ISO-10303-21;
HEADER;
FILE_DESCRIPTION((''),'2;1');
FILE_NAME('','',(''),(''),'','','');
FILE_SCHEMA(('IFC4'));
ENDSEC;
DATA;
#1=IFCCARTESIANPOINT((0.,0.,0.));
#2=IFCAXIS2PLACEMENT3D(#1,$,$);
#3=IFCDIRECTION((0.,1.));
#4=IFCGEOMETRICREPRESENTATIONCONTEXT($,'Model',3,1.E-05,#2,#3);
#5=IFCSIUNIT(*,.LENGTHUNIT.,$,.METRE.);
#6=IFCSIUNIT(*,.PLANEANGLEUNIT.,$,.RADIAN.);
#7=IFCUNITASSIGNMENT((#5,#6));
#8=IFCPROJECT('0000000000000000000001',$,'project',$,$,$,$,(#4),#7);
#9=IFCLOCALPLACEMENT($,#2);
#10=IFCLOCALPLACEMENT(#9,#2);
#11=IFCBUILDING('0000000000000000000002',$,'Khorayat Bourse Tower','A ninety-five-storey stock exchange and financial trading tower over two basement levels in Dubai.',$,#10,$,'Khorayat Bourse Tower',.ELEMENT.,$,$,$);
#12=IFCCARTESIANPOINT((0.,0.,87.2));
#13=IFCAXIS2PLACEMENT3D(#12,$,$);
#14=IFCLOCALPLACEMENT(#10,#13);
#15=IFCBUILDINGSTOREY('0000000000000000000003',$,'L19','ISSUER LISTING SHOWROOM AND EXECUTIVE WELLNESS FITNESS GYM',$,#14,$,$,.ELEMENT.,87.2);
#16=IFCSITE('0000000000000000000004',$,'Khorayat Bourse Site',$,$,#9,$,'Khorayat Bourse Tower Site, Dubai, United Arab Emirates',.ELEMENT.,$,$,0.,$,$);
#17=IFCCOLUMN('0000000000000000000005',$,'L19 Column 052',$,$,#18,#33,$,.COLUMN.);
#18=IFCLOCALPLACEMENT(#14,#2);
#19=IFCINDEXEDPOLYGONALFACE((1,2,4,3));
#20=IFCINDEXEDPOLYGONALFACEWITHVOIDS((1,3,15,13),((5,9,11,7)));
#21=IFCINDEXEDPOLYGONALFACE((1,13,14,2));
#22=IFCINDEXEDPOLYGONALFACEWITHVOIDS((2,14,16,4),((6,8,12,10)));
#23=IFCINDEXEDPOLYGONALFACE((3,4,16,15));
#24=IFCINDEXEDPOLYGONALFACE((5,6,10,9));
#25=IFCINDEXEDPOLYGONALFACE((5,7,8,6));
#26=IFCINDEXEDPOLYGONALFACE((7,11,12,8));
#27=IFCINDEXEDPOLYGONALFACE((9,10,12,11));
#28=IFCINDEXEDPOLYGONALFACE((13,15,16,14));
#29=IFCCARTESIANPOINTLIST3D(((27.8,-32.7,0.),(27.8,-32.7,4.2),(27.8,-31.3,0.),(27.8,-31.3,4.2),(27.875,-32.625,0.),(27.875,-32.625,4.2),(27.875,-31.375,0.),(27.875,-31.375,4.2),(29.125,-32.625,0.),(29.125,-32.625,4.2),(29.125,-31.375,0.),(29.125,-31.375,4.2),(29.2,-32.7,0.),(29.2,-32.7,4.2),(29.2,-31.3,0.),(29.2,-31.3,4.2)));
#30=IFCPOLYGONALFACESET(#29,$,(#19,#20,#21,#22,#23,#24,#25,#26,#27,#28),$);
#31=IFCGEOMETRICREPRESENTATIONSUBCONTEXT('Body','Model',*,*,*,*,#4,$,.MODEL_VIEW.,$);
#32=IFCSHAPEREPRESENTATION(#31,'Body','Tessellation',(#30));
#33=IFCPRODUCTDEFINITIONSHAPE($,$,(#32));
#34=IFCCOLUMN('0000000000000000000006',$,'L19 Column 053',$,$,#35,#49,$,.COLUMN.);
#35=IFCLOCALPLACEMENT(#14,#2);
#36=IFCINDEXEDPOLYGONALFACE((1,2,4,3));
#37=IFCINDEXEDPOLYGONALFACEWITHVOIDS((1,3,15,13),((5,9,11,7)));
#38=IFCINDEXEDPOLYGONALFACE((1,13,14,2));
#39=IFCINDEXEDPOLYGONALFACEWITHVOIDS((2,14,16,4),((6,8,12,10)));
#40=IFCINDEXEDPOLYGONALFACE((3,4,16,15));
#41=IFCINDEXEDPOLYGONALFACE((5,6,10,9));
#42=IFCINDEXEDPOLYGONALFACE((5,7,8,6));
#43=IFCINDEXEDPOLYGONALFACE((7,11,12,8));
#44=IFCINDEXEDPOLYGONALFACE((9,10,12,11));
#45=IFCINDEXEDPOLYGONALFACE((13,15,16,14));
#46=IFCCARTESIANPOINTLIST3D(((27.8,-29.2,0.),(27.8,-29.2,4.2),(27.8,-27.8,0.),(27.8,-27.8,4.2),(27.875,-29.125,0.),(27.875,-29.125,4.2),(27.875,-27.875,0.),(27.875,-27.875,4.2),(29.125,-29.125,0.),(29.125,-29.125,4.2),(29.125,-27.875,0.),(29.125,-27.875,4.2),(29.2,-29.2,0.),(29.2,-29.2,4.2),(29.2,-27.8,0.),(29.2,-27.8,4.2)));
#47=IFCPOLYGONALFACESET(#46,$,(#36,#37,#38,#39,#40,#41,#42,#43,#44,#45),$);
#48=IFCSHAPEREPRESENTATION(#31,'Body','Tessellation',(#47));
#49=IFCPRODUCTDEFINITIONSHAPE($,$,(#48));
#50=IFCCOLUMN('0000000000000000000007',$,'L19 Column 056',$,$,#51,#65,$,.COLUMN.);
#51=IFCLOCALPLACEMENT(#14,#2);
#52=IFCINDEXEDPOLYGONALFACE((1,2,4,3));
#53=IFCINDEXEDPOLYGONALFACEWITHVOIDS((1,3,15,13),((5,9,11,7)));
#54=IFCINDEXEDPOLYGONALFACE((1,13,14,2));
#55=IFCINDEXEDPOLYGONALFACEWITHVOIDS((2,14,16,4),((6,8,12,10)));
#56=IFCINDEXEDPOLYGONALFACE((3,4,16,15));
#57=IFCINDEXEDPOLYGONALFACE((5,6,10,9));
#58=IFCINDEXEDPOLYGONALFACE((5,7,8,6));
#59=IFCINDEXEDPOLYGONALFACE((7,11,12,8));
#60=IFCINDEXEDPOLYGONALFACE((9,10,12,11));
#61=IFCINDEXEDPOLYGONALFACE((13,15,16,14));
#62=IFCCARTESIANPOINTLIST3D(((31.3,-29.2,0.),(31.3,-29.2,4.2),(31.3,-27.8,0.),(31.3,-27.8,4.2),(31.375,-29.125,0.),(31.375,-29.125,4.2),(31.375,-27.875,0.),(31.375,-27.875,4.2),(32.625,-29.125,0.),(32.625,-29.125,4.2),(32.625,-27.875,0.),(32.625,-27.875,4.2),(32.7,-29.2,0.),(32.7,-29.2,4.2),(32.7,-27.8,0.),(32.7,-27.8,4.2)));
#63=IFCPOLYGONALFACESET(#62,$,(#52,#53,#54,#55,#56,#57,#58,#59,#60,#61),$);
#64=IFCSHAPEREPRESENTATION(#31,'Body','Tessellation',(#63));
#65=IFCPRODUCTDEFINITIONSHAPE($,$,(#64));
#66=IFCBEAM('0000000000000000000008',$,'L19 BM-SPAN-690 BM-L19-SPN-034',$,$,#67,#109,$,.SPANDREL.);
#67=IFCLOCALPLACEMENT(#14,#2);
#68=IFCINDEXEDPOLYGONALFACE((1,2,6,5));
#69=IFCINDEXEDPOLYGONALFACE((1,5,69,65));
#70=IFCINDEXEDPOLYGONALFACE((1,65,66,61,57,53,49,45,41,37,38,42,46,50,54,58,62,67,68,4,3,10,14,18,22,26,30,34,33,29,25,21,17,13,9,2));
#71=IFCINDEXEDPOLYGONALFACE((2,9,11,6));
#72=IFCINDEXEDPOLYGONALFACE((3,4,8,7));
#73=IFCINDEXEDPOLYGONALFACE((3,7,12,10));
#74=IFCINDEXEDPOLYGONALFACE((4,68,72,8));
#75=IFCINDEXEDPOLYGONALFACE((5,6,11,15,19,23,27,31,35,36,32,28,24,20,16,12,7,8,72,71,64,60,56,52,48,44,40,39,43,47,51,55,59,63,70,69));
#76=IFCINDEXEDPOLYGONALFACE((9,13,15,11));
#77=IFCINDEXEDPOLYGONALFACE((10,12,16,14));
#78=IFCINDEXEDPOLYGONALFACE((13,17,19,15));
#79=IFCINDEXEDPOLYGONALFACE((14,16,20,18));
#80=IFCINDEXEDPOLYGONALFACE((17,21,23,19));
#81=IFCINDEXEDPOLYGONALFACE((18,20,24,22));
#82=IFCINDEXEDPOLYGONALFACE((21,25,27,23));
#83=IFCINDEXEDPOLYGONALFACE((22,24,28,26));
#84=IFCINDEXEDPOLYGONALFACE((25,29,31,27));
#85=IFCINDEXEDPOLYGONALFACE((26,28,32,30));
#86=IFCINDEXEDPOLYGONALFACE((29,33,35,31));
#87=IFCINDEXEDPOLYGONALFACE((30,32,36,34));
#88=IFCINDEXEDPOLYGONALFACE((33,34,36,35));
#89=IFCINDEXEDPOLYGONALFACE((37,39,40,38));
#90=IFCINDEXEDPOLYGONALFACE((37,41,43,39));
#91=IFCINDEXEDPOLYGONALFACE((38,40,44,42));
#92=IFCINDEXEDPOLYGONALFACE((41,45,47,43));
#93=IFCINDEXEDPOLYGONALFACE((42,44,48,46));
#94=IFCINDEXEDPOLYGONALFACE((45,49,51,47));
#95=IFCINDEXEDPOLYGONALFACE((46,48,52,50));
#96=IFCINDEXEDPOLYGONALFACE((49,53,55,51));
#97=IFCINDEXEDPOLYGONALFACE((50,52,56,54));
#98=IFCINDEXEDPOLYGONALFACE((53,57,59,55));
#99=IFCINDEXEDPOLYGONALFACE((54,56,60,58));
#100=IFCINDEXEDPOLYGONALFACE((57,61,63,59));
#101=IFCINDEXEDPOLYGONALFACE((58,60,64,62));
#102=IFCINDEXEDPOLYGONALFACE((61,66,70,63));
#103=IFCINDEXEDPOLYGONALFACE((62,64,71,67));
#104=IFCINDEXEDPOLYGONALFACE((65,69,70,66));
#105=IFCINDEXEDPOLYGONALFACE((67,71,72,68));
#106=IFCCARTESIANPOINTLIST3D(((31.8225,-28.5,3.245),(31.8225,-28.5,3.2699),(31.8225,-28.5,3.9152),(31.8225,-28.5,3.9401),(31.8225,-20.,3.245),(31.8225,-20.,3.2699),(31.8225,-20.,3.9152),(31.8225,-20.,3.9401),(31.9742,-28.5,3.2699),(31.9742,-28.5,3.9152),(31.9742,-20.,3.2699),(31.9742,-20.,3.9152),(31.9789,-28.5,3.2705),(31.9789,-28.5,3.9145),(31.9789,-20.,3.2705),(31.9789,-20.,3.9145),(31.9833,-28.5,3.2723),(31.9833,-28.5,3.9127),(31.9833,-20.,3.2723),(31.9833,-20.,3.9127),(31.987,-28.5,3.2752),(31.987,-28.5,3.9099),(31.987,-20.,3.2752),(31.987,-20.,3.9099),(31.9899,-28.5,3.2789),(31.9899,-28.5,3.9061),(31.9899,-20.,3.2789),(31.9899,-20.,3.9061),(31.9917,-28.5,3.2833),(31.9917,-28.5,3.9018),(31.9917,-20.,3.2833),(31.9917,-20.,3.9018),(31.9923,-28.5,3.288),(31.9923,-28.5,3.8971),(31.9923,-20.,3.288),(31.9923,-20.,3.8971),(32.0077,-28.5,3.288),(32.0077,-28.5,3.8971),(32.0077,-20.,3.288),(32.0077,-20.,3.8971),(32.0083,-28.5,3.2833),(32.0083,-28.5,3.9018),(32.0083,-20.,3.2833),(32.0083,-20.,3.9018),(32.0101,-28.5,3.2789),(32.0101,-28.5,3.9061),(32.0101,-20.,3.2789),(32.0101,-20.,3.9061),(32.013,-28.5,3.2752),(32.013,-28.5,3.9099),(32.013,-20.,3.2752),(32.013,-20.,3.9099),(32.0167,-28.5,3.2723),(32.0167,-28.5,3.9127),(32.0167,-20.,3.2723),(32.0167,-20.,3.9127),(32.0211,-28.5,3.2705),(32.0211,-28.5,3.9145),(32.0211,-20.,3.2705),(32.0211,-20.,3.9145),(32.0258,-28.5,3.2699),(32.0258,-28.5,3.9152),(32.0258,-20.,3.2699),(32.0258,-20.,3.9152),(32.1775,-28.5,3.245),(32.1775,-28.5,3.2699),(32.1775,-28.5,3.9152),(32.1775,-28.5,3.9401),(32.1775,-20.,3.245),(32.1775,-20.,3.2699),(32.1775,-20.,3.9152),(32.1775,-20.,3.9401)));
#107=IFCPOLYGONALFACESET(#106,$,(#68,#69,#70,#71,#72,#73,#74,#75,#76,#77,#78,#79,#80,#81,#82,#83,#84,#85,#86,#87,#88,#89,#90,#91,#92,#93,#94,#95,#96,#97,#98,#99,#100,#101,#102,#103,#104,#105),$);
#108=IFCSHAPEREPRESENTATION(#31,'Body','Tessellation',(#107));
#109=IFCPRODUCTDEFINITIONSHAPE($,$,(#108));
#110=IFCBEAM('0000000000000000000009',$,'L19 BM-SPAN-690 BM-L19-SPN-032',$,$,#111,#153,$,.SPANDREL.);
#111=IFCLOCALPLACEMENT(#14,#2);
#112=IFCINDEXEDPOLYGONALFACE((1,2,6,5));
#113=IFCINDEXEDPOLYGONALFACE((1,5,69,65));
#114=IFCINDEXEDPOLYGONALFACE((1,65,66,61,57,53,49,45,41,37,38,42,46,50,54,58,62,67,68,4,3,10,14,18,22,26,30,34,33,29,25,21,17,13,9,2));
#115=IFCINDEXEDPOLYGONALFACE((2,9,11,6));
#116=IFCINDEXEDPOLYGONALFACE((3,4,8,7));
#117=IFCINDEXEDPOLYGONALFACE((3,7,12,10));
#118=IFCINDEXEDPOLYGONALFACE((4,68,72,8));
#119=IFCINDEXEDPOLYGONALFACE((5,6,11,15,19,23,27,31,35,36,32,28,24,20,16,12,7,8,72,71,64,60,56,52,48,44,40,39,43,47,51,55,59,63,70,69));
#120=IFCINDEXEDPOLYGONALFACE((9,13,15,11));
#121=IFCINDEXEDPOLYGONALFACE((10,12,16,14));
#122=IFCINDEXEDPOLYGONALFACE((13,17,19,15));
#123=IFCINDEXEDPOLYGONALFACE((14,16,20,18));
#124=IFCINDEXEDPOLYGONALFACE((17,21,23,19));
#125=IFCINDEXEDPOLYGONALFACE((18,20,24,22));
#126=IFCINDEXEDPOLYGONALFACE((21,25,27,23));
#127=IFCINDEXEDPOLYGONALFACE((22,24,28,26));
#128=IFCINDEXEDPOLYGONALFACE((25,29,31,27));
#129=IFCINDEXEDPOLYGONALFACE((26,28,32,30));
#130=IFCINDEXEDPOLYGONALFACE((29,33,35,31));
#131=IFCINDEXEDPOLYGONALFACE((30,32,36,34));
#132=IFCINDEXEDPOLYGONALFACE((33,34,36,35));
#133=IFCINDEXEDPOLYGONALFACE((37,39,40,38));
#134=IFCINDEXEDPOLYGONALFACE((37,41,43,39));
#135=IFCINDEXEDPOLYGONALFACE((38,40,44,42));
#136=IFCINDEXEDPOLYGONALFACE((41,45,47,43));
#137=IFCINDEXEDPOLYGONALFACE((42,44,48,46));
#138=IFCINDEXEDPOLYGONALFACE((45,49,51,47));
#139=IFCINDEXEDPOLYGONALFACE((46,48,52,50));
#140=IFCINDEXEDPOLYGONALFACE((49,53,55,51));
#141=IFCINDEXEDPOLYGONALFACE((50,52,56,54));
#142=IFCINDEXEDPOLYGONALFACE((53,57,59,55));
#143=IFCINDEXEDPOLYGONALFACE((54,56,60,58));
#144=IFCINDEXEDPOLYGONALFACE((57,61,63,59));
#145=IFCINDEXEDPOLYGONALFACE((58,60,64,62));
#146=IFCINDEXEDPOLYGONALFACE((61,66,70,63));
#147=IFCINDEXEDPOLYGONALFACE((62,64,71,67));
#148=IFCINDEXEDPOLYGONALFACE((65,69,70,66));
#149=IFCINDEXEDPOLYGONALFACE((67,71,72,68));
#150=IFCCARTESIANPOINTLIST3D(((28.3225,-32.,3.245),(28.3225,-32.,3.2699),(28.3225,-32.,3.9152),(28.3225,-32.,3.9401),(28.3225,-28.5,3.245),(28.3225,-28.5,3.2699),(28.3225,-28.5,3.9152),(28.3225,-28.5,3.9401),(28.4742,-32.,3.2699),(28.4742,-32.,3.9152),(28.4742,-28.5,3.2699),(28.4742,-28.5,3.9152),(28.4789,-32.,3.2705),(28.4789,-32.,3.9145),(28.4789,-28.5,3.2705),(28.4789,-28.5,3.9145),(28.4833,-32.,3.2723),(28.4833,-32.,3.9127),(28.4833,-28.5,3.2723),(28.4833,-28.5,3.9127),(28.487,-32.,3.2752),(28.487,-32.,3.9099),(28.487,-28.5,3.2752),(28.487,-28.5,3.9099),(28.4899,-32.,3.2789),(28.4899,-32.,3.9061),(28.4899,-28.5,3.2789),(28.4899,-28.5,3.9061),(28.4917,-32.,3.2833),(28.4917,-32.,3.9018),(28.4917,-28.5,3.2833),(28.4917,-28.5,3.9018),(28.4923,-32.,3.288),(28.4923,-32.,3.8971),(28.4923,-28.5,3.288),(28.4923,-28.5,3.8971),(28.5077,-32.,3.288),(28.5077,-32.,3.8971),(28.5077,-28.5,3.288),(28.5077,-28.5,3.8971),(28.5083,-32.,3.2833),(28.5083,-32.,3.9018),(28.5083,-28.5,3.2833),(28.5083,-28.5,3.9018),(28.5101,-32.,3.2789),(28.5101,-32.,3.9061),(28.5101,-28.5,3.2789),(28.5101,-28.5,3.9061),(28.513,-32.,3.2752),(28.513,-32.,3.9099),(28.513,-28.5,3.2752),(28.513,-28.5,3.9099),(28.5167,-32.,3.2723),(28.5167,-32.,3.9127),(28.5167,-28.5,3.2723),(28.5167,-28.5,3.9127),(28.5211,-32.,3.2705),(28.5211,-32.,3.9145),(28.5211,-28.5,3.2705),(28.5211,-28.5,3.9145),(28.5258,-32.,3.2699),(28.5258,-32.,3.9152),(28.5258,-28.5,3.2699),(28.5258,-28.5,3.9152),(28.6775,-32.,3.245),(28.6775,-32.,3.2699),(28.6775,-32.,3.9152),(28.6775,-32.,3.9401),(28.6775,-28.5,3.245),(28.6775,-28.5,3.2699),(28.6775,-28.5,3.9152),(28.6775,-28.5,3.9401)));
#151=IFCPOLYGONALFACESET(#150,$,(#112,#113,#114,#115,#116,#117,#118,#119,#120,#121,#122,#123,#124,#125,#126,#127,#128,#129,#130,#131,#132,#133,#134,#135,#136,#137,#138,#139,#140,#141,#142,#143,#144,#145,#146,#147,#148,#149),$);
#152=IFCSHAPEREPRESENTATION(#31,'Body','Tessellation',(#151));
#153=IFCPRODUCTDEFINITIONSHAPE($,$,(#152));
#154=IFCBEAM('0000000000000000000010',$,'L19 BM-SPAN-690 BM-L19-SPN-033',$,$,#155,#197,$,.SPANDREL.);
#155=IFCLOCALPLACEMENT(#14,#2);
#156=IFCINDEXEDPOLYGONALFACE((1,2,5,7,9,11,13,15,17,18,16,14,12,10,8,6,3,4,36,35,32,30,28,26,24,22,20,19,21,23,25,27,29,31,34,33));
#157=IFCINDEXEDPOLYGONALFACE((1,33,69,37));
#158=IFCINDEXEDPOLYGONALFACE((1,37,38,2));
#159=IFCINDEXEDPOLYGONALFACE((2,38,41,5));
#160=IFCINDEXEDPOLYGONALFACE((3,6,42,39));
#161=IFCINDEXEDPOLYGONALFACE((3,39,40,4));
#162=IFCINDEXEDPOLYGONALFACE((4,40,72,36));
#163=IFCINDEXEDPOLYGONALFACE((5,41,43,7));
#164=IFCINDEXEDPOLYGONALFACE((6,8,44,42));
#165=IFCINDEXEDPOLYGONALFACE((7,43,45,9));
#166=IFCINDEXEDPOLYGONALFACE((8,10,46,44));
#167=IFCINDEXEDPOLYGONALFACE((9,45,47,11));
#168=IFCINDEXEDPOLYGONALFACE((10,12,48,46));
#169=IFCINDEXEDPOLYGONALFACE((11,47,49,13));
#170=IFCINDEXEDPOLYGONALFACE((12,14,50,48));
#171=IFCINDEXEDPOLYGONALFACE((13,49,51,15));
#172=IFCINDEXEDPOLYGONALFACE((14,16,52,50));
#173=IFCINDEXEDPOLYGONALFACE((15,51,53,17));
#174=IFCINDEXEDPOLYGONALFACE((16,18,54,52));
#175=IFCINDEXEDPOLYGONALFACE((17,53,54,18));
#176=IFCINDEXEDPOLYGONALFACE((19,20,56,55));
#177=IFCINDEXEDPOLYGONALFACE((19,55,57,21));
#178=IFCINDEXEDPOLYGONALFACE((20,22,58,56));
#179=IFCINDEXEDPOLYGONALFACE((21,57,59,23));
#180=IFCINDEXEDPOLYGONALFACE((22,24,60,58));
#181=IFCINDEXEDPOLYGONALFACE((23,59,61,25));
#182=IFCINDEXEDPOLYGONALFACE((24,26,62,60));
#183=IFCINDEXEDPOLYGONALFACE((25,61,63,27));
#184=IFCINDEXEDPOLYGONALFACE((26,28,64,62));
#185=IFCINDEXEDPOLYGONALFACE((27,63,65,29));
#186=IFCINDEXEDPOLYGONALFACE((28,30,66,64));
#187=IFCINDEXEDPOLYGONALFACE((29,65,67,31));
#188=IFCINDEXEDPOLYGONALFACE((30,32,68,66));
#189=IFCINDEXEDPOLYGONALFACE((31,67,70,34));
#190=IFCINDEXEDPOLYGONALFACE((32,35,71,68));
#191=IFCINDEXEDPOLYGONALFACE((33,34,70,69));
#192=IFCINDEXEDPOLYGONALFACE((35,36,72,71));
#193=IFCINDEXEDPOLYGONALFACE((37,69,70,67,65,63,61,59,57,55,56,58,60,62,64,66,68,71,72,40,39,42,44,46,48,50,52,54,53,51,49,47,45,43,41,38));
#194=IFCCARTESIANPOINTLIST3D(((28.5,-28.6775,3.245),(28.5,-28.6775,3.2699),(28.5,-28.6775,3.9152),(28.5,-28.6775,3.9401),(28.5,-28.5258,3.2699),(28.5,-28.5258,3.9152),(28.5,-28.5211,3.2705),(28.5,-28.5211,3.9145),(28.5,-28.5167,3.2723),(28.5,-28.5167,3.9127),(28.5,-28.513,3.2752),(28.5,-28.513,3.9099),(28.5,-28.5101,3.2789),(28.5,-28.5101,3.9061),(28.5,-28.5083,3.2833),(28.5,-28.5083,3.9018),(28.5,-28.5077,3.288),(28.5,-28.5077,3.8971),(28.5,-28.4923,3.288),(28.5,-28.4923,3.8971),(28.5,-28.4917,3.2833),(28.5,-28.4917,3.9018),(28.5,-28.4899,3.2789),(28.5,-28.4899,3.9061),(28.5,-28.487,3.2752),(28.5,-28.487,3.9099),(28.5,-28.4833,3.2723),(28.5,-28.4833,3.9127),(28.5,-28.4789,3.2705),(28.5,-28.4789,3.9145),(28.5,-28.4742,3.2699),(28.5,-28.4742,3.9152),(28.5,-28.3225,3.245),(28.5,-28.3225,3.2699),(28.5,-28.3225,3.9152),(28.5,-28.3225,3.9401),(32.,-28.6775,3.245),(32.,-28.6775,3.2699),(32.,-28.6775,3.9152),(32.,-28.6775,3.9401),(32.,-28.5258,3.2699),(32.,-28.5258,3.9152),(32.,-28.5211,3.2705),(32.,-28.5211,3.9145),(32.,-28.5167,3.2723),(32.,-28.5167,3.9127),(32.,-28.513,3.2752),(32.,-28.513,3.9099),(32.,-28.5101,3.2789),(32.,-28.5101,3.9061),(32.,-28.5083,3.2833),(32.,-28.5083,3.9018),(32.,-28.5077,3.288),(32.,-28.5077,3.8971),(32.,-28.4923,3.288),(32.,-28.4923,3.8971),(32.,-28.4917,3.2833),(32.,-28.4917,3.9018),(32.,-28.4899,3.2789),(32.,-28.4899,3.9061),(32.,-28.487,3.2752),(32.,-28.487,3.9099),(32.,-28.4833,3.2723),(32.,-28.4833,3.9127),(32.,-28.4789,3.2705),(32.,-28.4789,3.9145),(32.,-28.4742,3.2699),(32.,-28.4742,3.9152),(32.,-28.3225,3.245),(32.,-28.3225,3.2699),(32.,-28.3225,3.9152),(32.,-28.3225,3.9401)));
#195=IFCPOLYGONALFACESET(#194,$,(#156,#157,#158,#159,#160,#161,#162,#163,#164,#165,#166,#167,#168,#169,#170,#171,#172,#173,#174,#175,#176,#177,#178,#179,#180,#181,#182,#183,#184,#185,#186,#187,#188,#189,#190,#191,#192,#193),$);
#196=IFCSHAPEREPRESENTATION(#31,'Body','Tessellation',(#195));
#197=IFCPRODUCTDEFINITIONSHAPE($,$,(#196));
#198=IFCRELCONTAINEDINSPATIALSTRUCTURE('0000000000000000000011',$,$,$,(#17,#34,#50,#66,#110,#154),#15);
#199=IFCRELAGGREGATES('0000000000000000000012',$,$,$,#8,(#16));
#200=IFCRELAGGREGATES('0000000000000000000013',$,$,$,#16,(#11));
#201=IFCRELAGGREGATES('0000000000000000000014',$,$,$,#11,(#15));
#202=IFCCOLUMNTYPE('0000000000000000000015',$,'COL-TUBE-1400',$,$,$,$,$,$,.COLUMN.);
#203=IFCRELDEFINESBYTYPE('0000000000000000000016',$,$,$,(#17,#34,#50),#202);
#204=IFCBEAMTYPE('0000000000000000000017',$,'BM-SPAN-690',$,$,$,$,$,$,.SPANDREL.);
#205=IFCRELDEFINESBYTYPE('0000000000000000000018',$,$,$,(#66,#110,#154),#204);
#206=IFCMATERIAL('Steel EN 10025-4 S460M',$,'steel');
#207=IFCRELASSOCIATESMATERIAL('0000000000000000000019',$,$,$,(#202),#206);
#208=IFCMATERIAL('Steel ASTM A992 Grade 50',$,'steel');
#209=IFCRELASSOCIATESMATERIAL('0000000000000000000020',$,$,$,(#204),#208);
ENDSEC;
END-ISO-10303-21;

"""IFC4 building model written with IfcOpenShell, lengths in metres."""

from ifc_helpers import new_model, si_unit, direction, frame, origin, origin_2d, place, context, subcontext, project, spatial, hollow_rectangle, i_section, extrude, source, transform, mapped, material, material_profile, profile_set, type_object, element, save


model = new_model("IFC4")

# Units and contexts
model_context = context("Model", 3, precision=1e-05, world=origin(), true_north=direction((0.0, 1.0)))
body_context = subcontext(model_context, "Body", "Model", "MODEL_VIEW")
ifc_project = project(units=[si_unit("LENGTHUNIT", "METRE"), si_unit("PLANEANGLEUNIT", "RADIAN")], contexts=[model_context])

# Site, building, storey
site_placement = place(None, origin())
site = spatial("IfcSite", under=ifc_project, at=site_placement, Name="Khorayat Bourse Site", LongName="Khorayat Bourse Tower Site, Dubai, United Arab Emirates", CompositionType="ELEMENT", RefElevation=0.0)
building_placement = place(site_placement, origin())
building = spatial("IfcBuilding", under=site, at=building_placement, Name="Khorayat Bourse Tower", Description="A ninety-five-storey stock exchange and financial trading tower over two basement levels in Dubai.", LongName="Khorayat Bourse Tower", CompositionType="ELEMENT")
storey_placement = place(building_placement, frame((0.0, 0.0, 87.2)))
storey = spatial("IfcBuildingStorey", under=building, at=storey_placement, Name="L19", Description="ISSUER LISTING SHOWROOM AND EXECUTIVE WELLNESS FITNESS GYM", CompositionType="ELEMENT", Elevation=87.2)

# Columns
ifc_material_1 = material(Name="Steel EN 10025-4 S460M", Category="steel")
ifc_material_profile_1 = material_profile(ifc_material_1, hollow_rectangle(XDim=1.3999, YDim=1.3999, WallThickness=0.075, at=origin_2d()), Name="BOX 1400x1400x75")
ifc_profile_set_1 = profile_set([ifc_material_profile_1], Name="Steel EN 10025-4 S460M")
column_type = type_object("IfcColumnType", Name="COL-TUBE-1400", PredefinedType="COLUMN", material=ifc_profile_set_1)
shared_shape_1 = source(origin(), body_context, "Body", "SweptSolid", [
    extrude(hollow_rectangle(XDim=1.3999, YDim=1.3999, WallThickness=0.075, at=origin_2d()), origin(), (0.0, 0.0, 1.0), 4.2),
])
for number, where, z_axis, x_axis, name in (
    (1, (28.5, -32.0, 0.0), (0.0, 0.0, 1.0), (1.0, 0.0, 0.0), "L19 Column 052"),
    (2, (28.5, -28.5, 0.0), (0.0, 0.0, 1.0), (1.0, 0.0, 0.0), "L19 Column 053"),
    (3, (32.0, -28.5, 0.0), (0.0, 0.0, 1.0), (1.0, 0.0, 0.0), "L19 Column 056"),
):
    element("IfcColumn", number, at=place(storey_placement, frame(where, z_axis=z_axis, x_axis=x_axis)), inside=storey, type_object=column_type, Name=name, PredefinedType="COLUMN", context=body_context, shape_type="MappedRepresentation", body=[
        mapped(shared_shape_1, transform((0.0, 0.0, 0.0), scale=1.0)),
    ])

# Beams
ifc_material_2 = material(Name="Steel ASTM A992 Grade 50", Category="steel")
ifc_material_profile_2 = material_profile(ifc_material_2, i_section(OverallWidth=0.355, OverallDepth=0.6951, WebThickness=0.0154, FlangeThickness=0.0249, FilletRadius=0.0181, at=origin_2d()), Name="W690X217")
ifc_profile_set_2 = profile_set([ifc_material_profile_2], Name="Steel ASTM A992 Grade 50")
beam_type_1 = type_object("IfcBeamType", Name="BM-SPAN-690", PredefinedType="SPANDREL", material=ifc_profile_set_2)
shared_shape_2 = source(origin(), body_context, "Body", "SweptSolid", [
    extrude(i_section(OverallWidth=0.355, OverallDepth=0.6951, WebThickness=0.0154, FlangeThickness=0.0249, FilletRadius=0.0181, at=origin_2d()), origin(), (0.0, 0.0, 1.0), 8.5),
])
beam_1_placement = place(storey_placement, frame((32.0, -28.5, 3.5925), z_axis=(0.0, 1.0, 0.0), x_axis=(-1.0, 0.0, 0.0)))
element("IfcBeam", 4, at=beam_1_placement, inside=storey, type_object=beam_type_1, Name="L19 BM-SPAN-690 BM-L19-SPN-034", PredefinedType="SPANDREL", context=body_context, shape_type="MappedRepresentation", body=[
    mapped(shared_shape_2, transform((0.0, 0.0, 0.0), scale=1.0)),
])
shared_shape_3 = source(origin(), body_context, "Body", "SweptSolid", [
    extrude(i_section(OverallWidth=0.355, OverallDepth=0.6951, WebThickness=0.0154, FlangeThickness=0.0249, FilletRadius=0.0181, at=origin_2d()), origin(), (0.0, 0.0, 1.0), 3.5),
])
for number, where, z_axis, x_axis, name in (
    (5, (28.5, -32.0, 3.5925), (0.0, 1.0, 0.0), (-1.0, 0.0, 0.0), "L19 BM-SPAN-690 BM-L19-SPN-032"),
    (6, (28.5, -28.5, 3.5925), (1.0, 0.0, 0.0), (0.0, 1.0, 0.0), "L19 BM-SPAN-690 BM-L19-SPN-033"),
):
    element("IfcBeam", number, at=place(storey_placement, frame(where, z_axis=z_axis, x_axis=x_axis)), inside=storey, type_object=beam_type_1, Name=name, PredefinedType="SPANDREL", context=body_context, shape_type="MappedRepresentation", body=[
        mapped(shared_shape_3, transform((0.0, 0.0, 0.0), scale=1.0)),
    ])

save(model, "model.ifc")
